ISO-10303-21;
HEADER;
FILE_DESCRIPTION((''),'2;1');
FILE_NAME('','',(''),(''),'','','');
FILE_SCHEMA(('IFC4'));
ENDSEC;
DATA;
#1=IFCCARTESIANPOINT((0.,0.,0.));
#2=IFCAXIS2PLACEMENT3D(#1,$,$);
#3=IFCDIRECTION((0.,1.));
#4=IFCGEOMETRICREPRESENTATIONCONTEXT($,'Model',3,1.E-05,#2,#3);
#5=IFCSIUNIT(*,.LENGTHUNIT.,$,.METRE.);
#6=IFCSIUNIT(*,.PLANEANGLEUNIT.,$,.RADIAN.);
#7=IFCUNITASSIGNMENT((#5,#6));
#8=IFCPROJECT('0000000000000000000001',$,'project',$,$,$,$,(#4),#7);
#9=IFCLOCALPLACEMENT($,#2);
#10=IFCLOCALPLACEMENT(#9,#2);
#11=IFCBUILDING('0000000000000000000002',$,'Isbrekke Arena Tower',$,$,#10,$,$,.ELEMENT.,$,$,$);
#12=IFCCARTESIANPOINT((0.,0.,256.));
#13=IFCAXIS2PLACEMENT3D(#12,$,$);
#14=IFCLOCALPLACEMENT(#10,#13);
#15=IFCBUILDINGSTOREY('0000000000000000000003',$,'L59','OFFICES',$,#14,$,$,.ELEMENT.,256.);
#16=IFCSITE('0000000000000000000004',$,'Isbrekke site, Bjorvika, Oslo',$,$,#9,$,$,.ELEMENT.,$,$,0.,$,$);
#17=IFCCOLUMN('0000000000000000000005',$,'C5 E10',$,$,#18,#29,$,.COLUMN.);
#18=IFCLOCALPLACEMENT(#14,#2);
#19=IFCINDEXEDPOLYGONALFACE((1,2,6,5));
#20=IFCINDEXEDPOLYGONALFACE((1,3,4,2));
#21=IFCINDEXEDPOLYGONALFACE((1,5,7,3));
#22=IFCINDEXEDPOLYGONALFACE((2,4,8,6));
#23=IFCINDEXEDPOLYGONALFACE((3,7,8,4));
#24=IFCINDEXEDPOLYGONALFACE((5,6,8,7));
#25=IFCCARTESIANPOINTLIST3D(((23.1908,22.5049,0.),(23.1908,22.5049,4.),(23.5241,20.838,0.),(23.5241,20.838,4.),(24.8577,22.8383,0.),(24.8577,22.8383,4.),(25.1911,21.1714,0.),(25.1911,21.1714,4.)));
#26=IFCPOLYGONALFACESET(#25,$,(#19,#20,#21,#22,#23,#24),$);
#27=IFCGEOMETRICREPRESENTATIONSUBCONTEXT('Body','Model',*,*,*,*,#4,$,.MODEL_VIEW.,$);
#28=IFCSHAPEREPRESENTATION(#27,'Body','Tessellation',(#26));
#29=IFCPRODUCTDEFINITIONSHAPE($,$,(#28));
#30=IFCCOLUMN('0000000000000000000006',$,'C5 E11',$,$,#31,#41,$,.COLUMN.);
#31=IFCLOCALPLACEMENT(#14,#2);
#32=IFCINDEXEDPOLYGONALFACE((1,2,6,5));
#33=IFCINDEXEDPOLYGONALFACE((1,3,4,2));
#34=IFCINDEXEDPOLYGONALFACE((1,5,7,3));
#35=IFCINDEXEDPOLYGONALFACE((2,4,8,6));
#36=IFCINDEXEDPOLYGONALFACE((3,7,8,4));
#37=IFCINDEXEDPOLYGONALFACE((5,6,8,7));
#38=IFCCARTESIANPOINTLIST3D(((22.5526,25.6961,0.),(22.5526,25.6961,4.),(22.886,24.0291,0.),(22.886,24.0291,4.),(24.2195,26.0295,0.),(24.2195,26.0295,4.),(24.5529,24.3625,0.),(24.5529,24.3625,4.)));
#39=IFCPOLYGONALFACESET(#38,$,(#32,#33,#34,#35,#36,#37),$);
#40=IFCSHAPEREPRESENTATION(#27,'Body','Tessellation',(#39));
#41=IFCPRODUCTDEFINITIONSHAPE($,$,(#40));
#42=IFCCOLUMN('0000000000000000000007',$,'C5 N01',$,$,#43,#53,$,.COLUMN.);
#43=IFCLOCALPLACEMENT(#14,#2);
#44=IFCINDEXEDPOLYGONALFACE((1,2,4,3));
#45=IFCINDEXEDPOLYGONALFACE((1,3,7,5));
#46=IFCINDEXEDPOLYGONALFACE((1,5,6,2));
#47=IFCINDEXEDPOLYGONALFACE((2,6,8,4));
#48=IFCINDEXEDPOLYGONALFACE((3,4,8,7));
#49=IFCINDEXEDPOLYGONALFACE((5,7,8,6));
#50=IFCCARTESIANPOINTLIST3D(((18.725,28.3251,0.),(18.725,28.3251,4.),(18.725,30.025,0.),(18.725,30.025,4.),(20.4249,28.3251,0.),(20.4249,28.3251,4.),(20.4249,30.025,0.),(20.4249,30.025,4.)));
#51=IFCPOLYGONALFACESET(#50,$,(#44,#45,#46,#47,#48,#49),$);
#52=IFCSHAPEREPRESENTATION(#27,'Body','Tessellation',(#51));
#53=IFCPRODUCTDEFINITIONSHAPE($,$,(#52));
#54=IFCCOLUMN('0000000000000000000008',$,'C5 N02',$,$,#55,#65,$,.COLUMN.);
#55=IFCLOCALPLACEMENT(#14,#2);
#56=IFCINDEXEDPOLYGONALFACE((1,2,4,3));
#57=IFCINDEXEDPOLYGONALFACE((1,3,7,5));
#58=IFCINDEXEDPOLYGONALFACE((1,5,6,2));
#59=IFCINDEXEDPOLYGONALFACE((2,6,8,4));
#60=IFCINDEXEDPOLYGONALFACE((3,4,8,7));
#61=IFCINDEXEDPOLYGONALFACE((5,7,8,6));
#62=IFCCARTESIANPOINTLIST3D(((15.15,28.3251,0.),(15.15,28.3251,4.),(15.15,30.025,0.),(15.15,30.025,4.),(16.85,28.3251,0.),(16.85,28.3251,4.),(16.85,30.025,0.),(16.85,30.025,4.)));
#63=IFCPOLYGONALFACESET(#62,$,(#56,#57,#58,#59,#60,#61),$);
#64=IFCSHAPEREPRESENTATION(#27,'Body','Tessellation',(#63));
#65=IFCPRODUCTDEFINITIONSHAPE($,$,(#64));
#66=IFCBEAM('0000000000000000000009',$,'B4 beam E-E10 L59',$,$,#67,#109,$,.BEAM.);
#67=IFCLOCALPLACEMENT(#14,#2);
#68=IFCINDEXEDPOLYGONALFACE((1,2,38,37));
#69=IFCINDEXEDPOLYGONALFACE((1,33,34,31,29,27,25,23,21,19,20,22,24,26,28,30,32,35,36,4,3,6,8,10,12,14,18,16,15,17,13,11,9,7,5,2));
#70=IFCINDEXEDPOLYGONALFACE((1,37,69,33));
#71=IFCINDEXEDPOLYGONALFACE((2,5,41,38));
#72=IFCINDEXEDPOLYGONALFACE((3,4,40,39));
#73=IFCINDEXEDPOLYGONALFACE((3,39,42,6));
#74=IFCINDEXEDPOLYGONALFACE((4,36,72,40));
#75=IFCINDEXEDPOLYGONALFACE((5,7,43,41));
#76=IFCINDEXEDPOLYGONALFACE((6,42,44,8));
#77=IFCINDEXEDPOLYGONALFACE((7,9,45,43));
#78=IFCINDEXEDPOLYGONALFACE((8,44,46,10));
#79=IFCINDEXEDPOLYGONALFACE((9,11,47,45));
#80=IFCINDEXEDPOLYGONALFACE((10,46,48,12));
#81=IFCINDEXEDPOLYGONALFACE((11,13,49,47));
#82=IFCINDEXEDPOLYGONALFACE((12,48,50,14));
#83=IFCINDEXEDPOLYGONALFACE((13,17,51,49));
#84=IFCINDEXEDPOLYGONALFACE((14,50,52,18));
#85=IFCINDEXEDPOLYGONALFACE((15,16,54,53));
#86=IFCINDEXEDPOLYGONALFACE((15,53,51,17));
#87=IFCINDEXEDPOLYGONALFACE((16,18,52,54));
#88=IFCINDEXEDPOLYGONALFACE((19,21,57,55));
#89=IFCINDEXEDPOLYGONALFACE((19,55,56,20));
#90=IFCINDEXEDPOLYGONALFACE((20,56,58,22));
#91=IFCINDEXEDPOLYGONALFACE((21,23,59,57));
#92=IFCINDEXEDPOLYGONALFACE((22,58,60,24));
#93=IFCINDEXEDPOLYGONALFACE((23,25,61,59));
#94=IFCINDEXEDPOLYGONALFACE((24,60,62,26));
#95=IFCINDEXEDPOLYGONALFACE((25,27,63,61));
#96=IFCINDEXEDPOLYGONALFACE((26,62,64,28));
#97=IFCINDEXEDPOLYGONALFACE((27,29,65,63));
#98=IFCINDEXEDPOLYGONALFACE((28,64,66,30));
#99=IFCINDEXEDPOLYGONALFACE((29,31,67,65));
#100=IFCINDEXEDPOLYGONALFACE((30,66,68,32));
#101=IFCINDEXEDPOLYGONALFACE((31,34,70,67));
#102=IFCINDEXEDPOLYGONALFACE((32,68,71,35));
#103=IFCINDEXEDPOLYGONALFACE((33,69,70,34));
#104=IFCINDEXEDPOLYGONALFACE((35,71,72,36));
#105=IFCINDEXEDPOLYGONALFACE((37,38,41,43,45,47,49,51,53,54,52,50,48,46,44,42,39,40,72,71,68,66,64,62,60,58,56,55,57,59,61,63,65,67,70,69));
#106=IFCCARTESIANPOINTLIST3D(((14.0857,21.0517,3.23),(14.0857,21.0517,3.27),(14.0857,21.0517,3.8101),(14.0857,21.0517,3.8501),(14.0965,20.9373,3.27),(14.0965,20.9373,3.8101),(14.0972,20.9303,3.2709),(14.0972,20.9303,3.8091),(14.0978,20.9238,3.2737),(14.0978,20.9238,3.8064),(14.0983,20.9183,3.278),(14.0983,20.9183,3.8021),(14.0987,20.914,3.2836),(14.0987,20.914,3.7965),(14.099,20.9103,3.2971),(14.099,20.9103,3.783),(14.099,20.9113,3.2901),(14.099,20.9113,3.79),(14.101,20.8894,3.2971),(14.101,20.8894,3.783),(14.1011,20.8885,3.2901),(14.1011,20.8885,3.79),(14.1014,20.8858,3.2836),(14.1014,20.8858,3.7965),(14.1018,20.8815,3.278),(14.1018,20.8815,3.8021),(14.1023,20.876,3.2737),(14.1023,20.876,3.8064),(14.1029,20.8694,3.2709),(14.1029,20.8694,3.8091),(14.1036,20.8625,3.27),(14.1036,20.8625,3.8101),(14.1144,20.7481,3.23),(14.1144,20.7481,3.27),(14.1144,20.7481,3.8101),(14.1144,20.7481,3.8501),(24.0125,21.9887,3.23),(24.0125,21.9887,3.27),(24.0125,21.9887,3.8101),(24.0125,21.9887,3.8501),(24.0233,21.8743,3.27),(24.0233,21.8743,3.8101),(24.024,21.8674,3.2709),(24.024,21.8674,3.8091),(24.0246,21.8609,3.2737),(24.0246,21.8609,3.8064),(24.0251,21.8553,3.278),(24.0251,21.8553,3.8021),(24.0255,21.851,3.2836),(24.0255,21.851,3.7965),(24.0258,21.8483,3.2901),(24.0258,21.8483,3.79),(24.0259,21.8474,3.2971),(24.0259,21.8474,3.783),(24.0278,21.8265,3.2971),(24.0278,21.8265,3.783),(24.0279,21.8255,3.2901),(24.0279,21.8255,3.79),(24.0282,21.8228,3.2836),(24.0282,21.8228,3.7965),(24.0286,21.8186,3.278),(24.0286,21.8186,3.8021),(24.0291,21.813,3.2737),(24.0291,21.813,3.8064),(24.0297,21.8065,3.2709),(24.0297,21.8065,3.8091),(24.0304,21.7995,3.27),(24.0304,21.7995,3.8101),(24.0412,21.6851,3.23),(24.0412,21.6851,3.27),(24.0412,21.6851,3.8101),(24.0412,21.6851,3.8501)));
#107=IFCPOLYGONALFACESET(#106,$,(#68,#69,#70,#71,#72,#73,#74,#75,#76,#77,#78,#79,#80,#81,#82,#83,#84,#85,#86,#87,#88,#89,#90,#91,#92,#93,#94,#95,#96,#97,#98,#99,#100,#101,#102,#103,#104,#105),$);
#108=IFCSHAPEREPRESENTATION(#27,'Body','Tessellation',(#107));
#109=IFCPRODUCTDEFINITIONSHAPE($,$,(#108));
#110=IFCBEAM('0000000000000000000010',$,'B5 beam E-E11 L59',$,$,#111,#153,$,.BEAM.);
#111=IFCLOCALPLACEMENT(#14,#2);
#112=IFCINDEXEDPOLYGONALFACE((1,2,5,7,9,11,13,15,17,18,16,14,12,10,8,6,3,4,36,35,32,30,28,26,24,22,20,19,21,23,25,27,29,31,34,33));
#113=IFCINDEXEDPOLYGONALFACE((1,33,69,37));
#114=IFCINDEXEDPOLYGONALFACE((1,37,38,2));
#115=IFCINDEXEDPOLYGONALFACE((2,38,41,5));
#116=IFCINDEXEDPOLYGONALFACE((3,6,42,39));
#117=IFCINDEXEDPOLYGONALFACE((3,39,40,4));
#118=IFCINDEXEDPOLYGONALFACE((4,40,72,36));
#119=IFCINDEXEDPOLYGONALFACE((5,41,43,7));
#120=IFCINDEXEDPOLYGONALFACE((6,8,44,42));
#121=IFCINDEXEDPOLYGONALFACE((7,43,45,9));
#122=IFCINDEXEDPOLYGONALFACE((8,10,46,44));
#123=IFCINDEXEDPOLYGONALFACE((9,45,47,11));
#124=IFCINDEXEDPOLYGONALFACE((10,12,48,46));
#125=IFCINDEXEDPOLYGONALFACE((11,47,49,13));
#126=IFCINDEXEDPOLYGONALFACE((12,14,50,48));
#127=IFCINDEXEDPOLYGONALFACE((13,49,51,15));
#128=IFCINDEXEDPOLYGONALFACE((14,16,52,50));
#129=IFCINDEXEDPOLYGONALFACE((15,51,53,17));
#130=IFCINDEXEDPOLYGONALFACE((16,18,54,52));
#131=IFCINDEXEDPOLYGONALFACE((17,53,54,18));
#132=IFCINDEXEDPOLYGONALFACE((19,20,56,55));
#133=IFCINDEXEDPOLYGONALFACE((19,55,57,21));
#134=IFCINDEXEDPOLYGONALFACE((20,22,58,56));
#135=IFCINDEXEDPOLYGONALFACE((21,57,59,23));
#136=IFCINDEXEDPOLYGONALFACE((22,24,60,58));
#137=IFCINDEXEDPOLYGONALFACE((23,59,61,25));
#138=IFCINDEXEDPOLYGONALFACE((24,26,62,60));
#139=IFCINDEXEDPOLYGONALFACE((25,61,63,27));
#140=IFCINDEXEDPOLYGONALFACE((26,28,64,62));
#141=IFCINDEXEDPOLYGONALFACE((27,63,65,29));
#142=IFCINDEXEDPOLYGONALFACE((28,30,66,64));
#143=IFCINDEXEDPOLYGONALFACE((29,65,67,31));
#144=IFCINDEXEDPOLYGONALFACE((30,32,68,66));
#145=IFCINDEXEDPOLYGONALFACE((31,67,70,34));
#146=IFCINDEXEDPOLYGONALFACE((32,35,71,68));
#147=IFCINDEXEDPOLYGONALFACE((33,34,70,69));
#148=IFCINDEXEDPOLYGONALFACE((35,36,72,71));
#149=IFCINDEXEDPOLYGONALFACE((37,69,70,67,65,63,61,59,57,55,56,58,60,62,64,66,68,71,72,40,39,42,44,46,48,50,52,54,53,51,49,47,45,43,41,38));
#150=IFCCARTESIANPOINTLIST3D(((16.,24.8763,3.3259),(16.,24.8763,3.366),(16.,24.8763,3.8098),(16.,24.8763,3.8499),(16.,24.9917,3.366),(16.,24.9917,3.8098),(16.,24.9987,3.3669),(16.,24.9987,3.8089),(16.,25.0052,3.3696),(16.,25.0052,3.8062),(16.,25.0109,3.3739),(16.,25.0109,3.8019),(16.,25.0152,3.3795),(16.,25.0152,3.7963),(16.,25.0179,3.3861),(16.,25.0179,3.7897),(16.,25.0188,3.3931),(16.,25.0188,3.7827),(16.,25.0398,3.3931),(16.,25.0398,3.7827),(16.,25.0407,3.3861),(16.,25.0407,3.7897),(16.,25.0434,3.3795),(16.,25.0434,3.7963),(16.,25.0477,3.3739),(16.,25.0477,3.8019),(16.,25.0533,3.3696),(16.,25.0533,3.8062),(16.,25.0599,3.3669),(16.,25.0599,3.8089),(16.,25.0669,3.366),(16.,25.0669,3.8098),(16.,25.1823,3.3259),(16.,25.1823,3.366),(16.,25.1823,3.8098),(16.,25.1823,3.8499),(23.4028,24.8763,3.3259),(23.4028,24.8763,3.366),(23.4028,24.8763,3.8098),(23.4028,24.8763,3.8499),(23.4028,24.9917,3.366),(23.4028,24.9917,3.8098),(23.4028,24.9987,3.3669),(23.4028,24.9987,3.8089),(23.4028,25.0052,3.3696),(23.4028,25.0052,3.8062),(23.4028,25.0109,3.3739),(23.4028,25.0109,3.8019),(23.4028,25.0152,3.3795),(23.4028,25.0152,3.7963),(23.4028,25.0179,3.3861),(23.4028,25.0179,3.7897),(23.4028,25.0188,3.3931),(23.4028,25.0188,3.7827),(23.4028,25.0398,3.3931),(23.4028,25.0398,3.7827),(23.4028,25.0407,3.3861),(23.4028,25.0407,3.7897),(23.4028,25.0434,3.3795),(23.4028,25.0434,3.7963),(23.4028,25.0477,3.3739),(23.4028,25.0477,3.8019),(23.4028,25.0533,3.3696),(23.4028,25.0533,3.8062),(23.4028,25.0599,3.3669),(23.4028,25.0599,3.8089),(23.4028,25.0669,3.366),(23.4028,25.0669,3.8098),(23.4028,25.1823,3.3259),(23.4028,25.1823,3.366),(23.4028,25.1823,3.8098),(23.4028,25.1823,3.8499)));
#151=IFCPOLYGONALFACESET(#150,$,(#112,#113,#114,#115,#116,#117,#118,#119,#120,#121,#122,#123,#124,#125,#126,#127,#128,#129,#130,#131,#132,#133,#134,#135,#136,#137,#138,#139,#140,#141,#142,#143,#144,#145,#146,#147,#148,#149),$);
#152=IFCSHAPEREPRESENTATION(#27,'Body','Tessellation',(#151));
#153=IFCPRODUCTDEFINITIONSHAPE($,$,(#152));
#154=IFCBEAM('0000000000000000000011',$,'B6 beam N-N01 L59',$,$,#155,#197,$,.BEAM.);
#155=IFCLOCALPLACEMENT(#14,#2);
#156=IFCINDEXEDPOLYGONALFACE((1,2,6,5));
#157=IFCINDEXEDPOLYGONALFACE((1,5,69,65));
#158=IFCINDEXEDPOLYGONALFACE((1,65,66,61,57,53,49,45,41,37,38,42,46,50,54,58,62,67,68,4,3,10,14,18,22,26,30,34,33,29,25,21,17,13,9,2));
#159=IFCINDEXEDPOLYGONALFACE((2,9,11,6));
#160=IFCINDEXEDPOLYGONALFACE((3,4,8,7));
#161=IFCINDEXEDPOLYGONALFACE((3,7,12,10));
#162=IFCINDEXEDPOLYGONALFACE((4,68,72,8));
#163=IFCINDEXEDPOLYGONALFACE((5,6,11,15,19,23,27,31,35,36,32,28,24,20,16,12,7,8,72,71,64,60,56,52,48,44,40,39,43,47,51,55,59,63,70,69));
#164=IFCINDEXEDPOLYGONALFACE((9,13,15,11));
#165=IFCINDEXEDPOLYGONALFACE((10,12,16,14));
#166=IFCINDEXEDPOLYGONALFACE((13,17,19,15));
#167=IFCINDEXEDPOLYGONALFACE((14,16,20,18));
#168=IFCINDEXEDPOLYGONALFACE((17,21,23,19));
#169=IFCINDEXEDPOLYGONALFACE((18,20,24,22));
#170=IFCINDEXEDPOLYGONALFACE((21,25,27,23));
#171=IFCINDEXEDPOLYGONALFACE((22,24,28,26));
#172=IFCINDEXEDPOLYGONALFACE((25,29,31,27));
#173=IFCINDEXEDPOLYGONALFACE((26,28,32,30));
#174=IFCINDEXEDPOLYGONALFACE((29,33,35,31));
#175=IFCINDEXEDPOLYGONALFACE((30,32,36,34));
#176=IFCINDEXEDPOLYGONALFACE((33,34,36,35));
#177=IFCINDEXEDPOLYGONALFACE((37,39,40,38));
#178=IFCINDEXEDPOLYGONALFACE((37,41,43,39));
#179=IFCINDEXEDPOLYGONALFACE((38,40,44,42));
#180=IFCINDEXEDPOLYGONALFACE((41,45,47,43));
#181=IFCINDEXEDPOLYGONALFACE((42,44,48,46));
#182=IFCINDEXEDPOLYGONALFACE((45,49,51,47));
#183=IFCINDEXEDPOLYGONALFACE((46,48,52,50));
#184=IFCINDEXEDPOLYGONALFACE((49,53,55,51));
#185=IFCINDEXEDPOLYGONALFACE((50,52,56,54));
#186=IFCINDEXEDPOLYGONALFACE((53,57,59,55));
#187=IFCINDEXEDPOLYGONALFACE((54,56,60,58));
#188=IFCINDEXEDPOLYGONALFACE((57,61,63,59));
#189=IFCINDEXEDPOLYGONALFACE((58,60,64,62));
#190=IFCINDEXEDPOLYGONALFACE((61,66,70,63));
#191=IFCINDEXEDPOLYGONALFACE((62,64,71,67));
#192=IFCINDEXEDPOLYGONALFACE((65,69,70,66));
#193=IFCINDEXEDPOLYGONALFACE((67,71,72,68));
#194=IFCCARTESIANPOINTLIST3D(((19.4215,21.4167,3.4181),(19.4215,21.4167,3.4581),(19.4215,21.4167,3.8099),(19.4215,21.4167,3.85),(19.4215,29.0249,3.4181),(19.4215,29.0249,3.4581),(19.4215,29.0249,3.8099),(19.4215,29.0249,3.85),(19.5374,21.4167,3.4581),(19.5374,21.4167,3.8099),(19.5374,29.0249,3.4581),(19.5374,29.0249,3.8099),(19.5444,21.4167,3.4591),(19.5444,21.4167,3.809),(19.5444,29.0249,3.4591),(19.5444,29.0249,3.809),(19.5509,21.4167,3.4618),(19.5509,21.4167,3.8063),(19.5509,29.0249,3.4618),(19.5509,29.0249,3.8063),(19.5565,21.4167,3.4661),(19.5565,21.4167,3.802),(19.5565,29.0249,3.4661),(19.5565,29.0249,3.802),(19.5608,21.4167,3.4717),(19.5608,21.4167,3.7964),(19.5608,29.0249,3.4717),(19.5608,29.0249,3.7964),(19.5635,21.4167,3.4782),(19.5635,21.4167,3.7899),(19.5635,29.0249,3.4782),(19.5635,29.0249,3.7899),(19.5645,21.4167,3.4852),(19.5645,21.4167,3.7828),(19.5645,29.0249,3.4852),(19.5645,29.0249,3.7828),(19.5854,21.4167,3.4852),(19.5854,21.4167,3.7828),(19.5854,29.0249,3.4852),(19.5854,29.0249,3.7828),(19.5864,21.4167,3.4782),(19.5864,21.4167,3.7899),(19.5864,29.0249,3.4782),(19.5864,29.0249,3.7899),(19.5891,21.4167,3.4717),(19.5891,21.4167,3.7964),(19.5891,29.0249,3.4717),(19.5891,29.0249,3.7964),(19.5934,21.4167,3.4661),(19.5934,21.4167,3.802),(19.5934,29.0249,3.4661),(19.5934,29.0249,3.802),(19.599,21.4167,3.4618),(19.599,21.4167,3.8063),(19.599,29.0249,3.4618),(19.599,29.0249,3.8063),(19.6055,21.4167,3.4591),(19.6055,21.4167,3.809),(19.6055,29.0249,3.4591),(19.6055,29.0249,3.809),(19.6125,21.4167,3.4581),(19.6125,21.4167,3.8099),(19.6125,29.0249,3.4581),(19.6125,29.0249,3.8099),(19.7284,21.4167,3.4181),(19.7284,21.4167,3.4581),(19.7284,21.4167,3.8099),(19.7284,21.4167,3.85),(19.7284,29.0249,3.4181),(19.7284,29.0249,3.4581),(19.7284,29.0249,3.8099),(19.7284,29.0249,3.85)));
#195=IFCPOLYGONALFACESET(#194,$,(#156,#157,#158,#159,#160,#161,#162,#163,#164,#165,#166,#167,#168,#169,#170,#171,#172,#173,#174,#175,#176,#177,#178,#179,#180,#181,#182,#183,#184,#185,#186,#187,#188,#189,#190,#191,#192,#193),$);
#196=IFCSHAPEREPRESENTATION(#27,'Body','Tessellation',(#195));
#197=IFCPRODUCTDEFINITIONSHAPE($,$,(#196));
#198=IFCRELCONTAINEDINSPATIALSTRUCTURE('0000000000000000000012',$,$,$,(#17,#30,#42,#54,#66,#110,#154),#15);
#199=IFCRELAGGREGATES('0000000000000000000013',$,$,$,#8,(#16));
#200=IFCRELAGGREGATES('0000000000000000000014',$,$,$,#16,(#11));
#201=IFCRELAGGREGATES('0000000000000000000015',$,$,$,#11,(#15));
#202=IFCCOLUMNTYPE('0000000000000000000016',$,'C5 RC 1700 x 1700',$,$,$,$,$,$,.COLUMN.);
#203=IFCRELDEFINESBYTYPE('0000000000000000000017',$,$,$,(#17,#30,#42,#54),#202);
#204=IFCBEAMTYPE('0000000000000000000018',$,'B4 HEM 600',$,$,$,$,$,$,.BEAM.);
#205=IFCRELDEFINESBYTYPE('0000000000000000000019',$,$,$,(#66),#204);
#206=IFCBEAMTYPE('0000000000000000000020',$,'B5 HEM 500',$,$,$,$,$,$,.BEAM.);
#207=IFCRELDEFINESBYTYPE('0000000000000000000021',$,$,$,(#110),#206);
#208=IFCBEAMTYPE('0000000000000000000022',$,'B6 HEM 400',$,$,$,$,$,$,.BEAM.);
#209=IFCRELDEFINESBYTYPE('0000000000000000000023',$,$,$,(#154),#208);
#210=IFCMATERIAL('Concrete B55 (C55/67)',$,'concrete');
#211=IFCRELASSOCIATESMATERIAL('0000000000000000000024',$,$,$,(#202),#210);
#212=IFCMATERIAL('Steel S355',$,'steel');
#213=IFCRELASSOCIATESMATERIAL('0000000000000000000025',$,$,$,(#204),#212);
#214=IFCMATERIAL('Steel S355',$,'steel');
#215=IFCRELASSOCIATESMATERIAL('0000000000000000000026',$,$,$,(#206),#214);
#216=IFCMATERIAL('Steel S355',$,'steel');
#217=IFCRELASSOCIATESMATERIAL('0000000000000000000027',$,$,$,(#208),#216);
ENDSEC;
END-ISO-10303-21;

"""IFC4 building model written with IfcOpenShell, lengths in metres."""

from ifc_helpers import new_model, si_unit, direction, frame, origin, origin_2d, place, context, subcontext, project, spatial, rectangle, i_section, extrude, material, material_profile, profile_set, type_object, element, save


model = new_model("IFC4")

# Units and contexts
model_context = context("Model", 3, precision=1e-05, world=origin(), true_north=direction((0.0, 1.0)))
body_context = subcontext(model_context, "Body", "Model", "MODEL_VIEW")
ifc_project = project(units=[si_unit("LENGTHUNIT", "METRE"), si_unit("PLANEANGLEUNIT", "RADIAN")], contexts=[model_context])

# Site, building, storey
site_placement = place(None, origin())
site = spatial("IfcSite", under=ifc_project, at=site_placement, Name="Isbrekke site, Bjorvika, Oslo", CompositionType="ELEMENT", RefElevation=0.0)
building_placement = place(site_placement, origin())
building = spatial("IfcBuilding", under=site, at=building_placement, Name="Isbrekke Arena Tower", CompositionType="ELEMENT")
storey_placement = place(building_placement, frame((0.0, 0.0, 256.0)))
storey = spatial("IfcBuildingStorey", under=building, at=storey_placement, Name="L59", Description="OFFICES", CompositionType="ELEMENT", Elevation=256.0)

# Columns
ifc_material_1 = material(Name="Concrete B55 (C55/67)", Category="concrete")
ifc_material_profile_1 = material_profile(ifc_material_1, rectangle(XDim=1.7, YDim=1.7, at=origin_2d()), Name="RC 1700x1700")
ifc_profile_set_1 = profile_set([ifc_material_profile_1], Name="Concrete B55 (C55/67)")
column_type = type_object("IfcColumnType", Name="C5 RC 1700 x 1700", PredefinedType="COLUMN", material=ifc_profile_set_1)
for number, where, z_axis, x_axis, name in (
    (1, (24.1909, 21.8381, 0.0), (0.0, 0.0, 1.0), (-0.196116, 0.980581, 0.0), "C5 E10"),
    (2, (23.5527, 25.0293, 0.0), (0.0, 0.0, 1.0), (-0.196116, 0.980581, 0.0), "C5 E11"),
    (3, (19.575, 29.175, 0.0), (0.0, 0.0, 1.0), (-1.0, 0.0, 0.0), "C5 N01"),
    (4, (16.0, 29.175, 0.0), (0.0, 0.0, 1.0), (-1.0, 0.0, 0.0), "C5 N02"),
):
    element("IfcColumn", number, at=place(storey_placement, frame(where, z_axis=z_axis, x_axis=x_axis)), inside=storey, type_object=column_type, Name=name, PredefinedType="COLUMN", context=body_context, shape_type="SweptSolid", body=[
        extrude(rectangle(XDim=1.7, YDim=1.7, at=origin_2d()), origin(), (0.0, 0.0, 1.0), 4.0),
    ])

# Beams
ifc_material_2 = material(Name="Steel S355", Category="steel")
ifc_material_profile_2 = material_profile(ifc_material_2, i_section(OverallWidth=0.3049, OverallDepth=0.6201, WebThickness=0.021, FlangeThickness=0.04, FilletRadius=0.0271, at=origin_2d()), Name="HEM 600")
ifc_profile_set_2 = profile_set([ifc_material_profile_2], Name="Steel S355")
beam_type_1 = type_object("IfcBeamType", Name="B4 HEM 600", PredefinedType="BEAM", material=ifc_profile_set_2)
beam_1_placement = place(storey_placement, frame((24.0269, 21.8369, 3.54), z_axis=(-0.995575, -0.093975, 0.0), x_axis=(0.093975, -0.995575, 0.0)))
element("IfcBeam", 5, at=beam_1_placement, inside=storey, type_object=beam_type_1, Name="B4 beam E-E10 L59", PredefinedType="BEAM", context=body_context, shape_type="SweptSolid", body=[
    extrude(i_section(OverallWidth=0.3049, OverallDepth=0.6201, WebThickness=0.021, FlangeThickness=0.04, FilletRadius=0.0271, at=origin_2d()), origin(), (0.0, 0.0, 1.0), 9.9709),
])
ifc_material_3 = material(Name="Steel S355", Category="steel")
ifc_material_profile_3 = material_profile(ifc_material_3, i_section(OverallWidth=0.3059, OverallDepth=0.5239, WebThickness=0.021, FlangeThickness=0.04, FilletRadius=0.0271, at=origin_2d()), Name="HEM 500")
ifc_profile_set_3 = profile_set([ifc_material_profile_3], Name="Steel S355")
beam_type_2 = type_object("IfcBeamType", Name="B5 HEM 500", PredefinedType="BEAM", material=ifc_profile_set_3)
beam_2_placement = place(storey_placement, frame((23.4028, 25.0293, 3.5879), z_axis=(-1.0, 0.0, 0.0), x_axis=(0.0, -1.0, 0.0)))
element("IfcBeam", 6, at=beam_2_placement, inside=storey, type_object=beam_type_2, Name="B5 beam E-E11 L59", PredefinedType="BEAM", context=body_context, shape_type="SweptSolid", body=[
    extrude(i_section(OverallWidth=0.3059, OverallDepth=0.5239, WebThickness=0.021, FlangeThickness=0.04, FilletRadius=0.0271, at=origin_2d()), origin(), (0.0, 0.0, 1.0), 7.4028),
])
ifc_material_4 = material(Name="Steel S355", Category="steel")
ifc_material_profile_4 = material_profile(ifc_material_4, i_section(OverallWidth=0.3069, OverallDepth=0.4319, WebThickness=0.021, FlangeThickness=0.04, FilletRadius=0.0271, at=origin_2d()), Name="HEM 400")
ifc_profile_set_4 = profile_set([ifc_material_profile_4], Name="Steel S355")
beam_type_3 = type_object("IfcBeamType", Name="B6 HEM 400", PredefinedType="BEAM", material=ifc_profile_set_4)
beam_3_placement = place(storey_placement, frame((19.575, 29.0249, 3.634), z_axis=(0.0, -1.0, 0.0), x_axis=(1.0, 0.0, 0.0)))
element("IfcBeam", 7, at=beam_3_placement, inside=storey, type_object=beam_type_3, Name="B6 beam N-N01 L59", PredefinedType="BEAM", context=body_context, shape_type="SweptSolid", body=[
    extrude(i_section(OverallWidth=0.3069, OverallDepth=0.4319, WebThickness=0.021, FlangeThickness=0.04, FilletRadius=0.0271, at=origin_2d()), origin(), (0.0, 0.0, 1.0), 7.6082),
])

save(model, "model.ifc")
